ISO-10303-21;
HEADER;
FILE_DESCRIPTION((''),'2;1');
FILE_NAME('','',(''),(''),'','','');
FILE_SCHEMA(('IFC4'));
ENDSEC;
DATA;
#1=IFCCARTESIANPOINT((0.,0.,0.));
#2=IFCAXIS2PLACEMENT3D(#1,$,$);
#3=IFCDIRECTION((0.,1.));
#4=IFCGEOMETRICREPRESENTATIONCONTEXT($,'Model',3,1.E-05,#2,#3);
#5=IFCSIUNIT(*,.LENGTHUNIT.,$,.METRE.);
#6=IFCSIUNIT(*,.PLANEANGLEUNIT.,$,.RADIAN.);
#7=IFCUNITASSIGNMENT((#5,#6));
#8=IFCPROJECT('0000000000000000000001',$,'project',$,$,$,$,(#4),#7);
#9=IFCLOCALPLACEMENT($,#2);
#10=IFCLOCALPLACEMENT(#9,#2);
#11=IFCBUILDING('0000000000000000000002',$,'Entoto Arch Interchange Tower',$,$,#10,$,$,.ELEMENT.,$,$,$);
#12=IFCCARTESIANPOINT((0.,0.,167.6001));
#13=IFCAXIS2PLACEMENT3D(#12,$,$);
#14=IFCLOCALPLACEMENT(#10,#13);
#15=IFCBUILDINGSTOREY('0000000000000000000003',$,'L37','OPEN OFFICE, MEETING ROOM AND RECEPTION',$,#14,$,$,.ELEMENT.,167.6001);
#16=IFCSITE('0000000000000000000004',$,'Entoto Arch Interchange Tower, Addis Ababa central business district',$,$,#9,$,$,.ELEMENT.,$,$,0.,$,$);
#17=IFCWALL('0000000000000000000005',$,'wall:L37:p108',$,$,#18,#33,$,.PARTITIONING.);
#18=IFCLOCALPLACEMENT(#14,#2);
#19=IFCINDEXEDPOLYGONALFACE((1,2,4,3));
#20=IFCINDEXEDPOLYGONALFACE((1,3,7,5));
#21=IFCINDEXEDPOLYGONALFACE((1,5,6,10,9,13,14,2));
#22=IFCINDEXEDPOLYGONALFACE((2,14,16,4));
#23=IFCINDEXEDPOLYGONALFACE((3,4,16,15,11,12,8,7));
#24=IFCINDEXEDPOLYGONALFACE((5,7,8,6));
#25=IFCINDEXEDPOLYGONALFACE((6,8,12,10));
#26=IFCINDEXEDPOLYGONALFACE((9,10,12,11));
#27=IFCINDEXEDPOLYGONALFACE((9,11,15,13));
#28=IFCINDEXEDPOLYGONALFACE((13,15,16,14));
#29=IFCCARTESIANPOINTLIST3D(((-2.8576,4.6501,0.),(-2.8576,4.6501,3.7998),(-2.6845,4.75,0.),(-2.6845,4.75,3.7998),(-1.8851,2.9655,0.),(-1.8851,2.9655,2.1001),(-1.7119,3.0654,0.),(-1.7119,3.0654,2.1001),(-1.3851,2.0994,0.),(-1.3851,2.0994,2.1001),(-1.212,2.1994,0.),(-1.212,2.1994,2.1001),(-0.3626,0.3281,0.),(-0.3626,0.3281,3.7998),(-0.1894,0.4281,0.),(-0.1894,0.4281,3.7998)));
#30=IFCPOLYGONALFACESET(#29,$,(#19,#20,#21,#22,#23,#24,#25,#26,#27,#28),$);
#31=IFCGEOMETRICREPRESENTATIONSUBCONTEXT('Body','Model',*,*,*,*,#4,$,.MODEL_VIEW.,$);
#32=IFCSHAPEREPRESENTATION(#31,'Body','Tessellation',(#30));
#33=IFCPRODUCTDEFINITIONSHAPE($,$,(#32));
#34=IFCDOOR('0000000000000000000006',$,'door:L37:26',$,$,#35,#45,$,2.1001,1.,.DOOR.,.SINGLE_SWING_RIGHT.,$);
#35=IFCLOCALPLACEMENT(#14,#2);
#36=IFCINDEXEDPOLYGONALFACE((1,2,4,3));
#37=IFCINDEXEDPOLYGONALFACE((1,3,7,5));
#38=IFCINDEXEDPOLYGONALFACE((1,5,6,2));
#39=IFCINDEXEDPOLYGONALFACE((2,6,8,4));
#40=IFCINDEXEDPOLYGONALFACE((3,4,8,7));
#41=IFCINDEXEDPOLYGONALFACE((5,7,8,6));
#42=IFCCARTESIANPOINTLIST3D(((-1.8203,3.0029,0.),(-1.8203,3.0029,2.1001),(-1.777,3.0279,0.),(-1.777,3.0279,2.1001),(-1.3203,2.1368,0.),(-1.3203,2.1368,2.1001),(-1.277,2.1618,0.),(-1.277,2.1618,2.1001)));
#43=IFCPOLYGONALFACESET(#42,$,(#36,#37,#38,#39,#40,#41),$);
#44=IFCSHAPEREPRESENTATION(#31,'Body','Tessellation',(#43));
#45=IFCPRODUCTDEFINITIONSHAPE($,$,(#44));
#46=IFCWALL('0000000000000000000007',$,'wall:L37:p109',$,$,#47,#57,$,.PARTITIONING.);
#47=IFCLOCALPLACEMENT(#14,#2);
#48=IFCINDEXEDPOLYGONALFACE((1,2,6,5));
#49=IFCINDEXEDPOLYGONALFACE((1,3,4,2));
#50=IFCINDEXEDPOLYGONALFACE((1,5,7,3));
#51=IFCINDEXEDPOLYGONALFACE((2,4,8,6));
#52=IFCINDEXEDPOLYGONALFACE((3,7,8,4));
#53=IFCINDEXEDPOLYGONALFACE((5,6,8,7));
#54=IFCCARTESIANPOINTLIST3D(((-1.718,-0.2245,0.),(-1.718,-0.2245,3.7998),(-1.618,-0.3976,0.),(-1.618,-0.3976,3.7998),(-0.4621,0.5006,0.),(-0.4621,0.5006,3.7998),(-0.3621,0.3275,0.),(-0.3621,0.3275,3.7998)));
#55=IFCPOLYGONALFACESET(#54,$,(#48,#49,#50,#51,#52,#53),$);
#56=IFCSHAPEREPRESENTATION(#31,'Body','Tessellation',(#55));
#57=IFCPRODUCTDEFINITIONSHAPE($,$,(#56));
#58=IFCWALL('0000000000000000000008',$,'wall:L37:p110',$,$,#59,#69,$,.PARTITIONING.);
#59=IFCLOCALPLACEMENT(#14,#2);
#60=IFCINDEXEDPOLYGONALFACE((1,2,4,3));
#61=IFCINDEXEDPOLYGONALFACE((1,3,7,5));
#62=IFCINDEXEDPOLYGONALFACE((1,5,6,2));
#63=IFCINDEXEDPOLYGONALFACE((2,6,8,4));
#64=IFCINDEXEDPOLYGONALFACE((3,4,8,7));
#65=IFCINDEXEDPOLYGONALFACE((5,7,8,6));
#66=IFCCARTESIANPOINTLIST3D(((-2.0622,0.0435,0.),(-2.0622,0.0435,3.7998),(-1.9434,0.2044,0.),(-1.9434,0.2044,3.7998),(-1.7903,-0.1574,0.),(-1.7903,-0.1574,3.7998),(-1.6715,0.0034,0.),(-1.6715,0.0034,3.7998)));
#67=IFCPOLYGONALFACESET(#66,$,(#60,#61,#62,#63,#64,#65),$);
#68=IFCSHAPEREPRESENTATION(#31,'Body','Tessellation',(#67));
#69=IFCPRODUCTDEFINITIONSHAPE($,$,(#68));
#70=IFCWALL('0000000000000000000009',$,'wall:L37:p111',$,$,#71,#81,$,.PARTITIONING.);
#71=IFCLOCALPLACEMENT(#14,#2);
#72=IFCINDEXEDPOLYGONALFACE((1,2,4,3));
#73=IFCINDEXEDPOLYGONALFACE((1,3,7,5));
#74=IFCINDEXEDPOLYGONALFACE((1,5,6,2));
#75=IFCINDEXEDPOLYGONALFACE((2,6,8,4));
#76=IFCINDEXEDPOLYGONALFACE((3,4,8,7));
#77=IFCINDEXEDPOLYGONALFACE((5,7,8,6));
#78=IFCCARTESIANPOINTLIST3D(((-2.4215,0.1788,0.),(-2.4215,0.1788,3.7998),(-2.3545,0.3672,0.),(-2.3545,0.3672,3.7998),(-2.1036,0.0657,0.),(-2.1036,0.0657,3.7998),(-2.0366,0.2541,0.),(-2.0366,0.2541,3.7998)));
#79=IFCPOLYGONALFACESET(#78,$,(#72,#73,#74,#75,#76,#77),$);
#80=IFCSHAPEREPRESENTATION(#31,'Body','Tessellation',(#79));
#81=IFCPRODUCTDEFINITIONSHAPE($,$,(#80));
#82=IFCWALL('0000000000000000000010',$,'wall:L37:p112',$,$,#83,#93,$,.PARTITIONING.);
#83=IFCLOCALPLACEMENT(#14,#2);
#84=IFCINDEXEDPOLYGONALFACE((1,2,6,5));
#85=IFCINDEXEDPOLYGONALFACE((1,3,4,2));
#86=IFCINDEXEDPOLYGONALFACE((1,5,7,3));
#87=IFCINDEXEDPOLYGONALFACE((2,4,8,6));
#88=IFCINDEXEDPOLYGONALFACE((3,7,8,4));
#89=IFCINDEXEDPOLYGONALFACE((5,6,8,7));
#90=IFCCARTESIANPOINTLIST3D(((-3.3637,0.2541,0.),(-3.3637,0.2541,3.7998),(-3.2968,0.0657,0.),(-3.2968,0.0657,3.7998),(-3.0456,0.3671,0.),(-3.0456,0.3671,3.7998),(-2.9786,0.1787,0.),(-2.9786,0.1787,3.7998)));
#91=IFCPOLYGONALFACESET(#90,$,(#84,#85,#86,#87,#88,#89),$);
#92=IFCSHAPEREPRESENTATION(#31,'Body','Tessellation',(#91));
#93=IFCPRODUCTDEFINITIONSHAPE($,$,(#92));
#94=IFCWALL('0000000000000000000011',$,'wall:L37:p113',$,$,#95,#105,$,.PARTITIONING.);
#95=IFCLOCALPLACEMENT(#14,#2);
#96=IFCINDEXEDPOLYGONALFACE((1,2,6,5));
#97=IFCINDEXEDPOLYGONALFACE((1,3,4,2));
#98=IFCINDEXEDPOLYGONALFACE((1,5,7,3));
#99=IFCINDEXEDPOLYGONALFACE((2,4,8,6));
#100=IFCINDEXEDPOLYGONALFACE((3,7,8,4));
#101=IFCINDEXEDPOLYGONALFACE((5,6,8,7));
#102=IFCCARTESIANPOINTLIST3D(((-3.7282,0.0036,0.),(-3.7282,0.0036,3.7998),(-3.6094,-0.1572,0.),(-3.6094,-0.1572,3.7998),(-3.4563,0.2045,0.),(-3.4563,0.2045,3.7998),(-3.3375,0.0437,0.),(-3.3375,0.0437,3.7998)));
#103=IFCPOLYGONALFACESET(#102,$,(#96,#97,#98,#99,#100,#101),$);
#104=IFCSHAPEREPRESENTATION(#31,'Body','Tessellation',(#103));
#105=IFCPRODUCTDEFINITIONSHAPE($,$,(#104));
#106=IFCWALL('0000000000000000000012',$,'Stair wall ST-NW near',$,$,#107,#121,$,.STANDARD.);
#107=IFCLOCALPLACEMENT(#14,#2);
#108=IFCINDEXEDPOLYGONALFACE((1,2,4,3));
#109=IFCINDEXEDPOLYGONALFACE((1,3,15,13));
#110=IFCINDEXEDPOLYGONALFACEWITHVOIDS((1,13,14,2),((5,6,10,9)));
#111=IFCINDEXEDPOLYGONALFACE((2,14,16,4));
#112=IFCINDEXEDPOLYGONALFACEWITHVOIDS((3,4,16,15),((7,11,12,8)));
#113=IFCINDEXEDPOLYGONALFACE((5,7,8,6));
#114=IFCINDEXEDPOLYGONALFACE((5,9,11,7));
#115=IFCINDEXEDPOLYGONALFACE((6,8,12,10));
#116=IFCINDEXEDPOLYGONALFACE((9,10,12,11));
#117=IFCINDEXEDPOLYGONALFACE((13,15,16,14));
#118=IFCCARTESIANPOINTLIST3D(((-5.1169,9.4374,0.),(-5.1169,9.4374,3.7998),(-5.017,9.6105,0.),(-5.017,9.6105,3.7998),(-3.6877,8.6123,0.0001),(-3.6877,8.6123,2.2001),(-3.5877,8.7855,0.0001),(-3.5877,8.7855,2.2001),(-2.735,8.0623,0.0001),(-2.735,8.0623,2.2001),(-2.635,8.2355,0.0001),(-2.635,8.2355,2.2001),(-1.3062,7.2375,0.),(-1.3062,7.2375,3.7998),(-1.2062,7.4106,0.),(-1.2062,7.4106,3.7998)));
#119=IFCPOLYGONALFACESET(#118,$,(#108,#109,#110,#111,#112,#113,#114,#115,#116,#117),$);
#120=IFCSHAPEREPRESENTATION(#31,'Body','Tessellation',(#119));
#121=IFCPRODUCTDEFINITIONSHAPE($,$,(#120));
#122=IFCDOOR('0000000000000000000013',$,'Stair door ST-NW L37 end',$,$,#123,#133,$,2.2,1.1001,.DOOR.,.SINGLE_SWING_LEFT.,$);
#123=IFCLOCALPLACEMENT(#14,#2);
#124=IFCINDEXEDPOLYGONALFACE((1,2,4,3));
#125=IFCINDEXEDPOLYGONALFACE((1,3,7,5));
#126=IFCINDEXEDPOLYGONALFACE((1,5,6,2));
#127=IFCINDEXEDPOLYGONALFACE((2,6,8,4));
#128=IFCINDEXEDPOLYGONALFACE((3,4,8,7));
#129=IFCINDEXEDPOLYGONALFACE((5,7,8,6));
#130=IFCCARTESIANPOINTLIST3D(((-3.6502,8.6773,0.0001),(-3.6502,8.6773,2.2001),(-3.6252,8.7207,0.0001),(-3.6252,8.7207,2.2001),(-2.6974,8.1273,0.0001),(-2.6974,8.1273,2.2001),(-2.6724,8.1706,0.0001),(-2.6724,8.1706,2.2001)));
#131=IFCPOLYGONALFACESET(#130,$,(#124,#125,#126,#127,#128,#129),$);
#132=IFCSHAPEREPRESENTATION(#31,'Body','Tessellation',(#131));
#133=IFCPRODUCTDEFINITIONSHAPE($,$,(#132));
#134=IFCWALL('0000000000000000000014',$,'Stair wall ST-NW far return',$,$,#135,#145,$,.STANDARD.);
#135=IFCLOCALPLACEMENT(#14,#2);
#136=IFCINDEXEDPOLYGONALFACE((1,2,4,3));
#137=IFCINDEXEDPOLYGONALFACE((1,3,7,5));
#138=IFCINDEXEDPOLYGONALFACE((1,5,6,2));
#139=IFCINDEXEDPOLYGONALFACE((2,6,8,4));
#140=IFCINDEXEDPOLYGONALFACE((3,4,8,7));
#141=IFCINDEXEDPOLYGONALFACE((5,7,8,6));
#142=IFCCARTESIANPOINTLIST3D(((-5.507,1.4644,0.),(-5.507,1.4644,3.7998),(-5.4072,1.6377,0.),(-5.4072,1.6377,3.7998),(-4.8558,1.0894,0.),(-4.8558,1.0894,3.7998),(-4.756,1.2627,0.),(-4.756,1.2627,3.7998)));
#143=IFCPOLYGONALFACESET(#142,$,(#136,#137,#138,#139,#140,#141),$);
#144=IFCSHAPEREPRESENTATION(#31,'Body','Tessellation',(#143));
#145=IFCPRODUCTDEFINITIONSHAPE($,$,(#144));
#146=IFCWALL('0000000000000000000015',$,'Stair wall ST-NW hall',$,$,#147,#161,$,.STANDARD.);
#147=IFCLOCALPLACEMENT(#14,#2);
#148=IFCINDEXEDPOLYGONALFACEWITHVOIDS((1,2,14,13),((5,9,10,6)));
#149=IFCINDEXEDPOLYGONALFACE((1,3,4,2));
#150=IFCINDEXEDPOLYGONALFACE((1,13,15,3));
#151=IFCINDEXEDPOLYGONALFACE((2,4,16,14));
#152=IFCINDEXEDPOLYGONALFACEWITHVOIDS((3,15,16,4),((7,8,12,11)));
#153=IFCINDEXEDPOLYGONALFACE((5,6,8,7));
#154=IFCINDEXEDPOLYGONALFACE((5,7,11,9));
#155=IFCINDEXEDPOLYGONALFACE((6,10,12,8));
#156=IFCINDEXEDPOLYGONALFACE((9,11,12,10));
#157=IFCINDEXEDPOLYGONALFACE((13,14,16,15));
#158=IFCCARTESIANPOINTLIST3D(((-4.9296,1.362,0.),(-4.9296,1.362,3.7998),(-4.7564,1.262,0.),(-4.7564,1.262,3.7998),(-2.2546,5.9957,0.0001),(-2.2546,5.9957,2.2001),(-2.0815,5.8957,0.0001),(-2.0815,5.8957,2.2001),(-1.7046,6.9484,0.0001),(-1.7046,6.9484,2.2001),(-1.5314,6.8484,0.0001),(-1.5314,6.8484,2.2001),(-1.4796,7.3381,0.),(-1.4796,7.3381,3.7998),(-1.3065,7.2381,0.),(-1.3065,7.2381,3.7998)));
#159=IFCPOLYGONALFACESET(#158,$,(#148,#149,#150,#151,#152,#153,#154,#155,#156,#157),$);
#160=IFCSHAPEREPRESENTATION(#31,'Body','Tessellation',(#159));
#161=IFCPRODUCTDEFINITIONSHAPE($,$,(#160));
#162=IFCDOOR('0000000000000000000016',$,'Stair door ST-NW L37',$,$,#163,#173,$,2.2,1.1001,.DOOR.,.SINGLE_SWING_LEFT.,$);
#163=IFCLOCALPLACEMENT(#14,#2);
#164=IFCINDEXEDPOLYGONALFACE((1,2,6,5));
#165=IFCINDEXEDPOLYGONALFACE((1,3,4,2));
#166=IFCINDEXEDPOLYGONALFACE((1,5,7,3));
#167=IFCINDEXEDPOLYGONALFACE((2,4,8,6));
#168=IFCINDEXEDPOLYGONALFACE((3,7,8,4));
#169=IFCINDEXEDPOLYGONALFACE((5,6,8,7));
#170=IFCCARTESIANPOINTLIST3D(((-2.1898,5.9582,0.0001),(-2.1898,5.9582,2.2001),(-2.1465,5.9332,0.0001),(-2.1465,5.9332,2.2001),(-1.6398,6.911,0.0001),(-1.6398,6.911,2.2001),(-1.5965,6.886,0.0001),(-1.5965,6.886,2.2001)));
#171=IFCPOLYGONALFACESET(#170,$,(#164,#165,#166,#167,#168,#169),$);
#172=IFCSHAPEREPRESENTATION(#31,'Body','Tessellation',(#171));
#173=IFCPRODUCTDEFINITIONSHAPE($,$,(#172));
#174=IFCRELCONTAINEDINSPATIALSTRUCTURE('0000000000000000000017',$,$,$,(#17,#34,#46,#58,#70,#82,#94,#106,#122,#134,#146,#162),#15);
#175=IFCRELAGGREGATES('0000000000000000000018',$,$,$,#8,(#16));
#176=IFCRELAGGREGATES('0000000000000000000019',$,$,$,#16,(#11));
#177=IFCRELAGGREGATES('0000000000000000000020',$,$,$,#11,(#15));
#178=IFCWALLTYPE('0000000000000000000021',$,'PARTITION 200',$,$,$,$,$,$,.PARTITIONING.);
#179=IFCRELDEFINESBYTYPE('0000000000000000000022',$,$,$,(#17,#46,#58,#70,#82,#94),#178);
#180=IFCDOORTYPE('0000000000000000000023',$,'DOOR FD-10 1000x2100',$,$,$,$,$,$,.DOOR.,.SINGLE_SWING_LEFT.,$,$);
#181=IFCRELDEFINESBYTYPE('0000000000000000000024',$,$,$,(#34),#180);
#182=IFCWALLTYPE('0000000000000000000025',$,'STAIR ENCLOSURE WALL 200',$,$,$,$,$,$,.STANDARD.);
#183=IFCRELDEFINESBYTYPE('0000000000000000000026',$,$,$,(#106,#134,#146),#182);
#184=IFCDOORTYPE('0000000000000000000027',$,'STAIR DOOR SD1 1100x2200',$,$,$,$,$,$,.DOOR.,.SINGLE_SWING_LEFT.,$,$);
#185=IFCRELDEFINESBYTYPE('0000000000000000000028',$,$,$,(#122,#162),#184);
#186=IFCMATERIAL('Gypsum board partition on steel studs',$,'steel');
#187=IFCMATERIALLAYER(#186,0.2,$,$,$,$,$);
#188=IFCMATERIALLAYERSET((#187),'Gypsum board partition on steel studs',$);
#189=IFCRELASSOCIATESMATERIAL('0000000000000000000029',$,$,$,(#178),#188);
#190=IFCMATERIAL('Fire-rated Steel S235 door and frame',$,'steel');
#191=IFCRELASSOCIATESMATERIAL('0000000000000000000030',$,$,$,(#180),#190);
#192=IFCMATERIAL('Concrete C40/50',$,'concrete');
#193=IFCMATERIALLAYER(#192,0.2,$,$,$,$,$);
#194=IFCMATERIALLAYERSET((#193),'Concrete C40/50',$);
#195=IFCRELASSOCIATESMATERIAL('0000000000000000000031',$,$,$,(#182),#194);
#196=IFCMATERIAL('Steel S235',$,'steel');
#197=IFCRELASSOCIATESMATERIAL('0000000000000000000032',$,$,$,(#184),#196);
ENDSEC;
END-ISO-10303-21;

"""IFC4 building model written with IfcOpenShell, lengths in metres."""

from ifc_helpers import new_model, si_unit, direction, frame, frame_2d, origin, place, context, subcontext, project, spatial, rectangle, extrude, material, layer, layer_set, type_object, element, fill, save


model = new_model("IFC4")

# Units and contexts
model_context = context("Model", 3, precision=1e-05, world=origin(), true_north=direction((0.0, 1.0)))
body_context = subcontext(model_context, "Body", "Model", "MODEL_VIEW")
ifc_project = project(units=[si_unit("LENGTHUNIT", "METRE"), si_unit("PLANEANGLEUNIT", "RADIAN")], contexts=[model_context])

# Site, building, storey
site_placement = place(None, origin())
site = spatial("IfcSite", under=ifc_project, at=site_placement, Name="Entoto Arch Interchange Tower, Addis Ababa central business district", CompositionType="ELEMENT", RefElevation=0.0)
building_placement = place(site_placement, origin())
building = spatial("IfcBuilding", under=site, at=building_placement, Name="Entoto Arch Interchange Tower", CompositionType="ELEMENT")
storey_placement = place(building_placement, frame((0.0, 0.0, 167.6001)))
storey = spatial("IfcBuildingStorey", under=building, at=storey_placement, Name="L37", Description="OPEN OFFICE, MEETING ROOM AND RECEPTION", CompositionType="ELEMENT", Elevation=167.6001)

# Shared definitions
ifc_material_1 = material(Name="Concrete C40/50", Category="concrete")

# Wall, opening, door
ifc_material_2 = material(Name="Gypsum board partition on steel studs", Category="steel")
ifc_layer_1 = layer(ifc_material_2, 0.2)
ifc_layer_set_1 = layer_set([ifc_layer_1], Name="Gypsum board partition on steel studs")
wall_type_1 = type_object("IfcWallType", Name="PARTITION 200", PredefinedType="PARTITIONING", material=ifc_layer_set_1)
wall_1_placement = place(storey_placement, frame((-2.771, 4.7, 0.0), z_axis=(0.0, 0.0, 1.0), x_axis=(0.499969, -0.866043, 0.0)))
wall_1 = element("IfcWall", 1, at=wall_1_placement, inside=storey, type_object=wall_type_1, Name="wall:L37:p108", PredefinedType="PARTITIONING", context=body_context, shape_type="SweptSolid", body=[
    extrude(rectangle(XDim=4.9905, YDim=0.2, at=frame_2d((2.4951, 0.0))), origin(), (0.0, 0.0, 1.0), 3.7998),
])
opening_1_placement = place(wall_1_placement, frame((1.9451, 0.0, 0.0)))
opening_1 = element("IfcOpeningElement", 2, at=opening_1_placement, cuts=wall_1, PredefinedType="OPENING", context=body_context, shape_type="SweptSolid", body=[
    extrude(rectangle(XDim=1.0, YDim=2.1001, at=frame_2d((0.5, 1.05))), frame((0.0, 0.1099, 0.0), z_axis=(0.0, -1.0, 0.0), x_axis=(1.0, 0.0, 0.0)), (0.0, 0.0, 1.0), 0.22),
])
ifc_material_3 = material(Name="Fire-rated Steel S235 door and frame", Category="steel")
door_type_1 = type_object("IfcDoorType", Name="DOOR FD-10 1000x2100", OperationType="SINGLE_SWING_LEFT", PredefinedType="DOOR", material=ifc_material_3)
door_1_placement = place(opening_1_placement, origin())
door_1 = element("IfcDoor", 3, at=door_1_placement, inside=storey, type_object=door_type_1, Name="door:L37:26", OperationType="SINGLE_SWING_RIGHT", OverallHeight=2.1001, OverallWidth=1.0, PredefinedType="DOOR", context=body_context, shape_type="SweptSolid", body=[
    extrude(rectangle(XDim=1.0, YDim=2.1001, at=frame_2d((0.5, 1.05))), frame((0.0, 0.0249, 0.0), z_axis=(0.0, -1.0, 0.0), x_axis=(1.0, 0.0, 0.0)), (0.0, 0.0, 1.0), 0.05),
])
fill(opening_1, door_1)

# Walls
wall_2_placement = place(storey_placement, frame((-0.4121, 0.4141, 0.0), z_axis=(0.0, 0.0, 1.0), x_axis=(-0.866017, -0.500014, 0.0)))
element("IfcWall", 4, at=wall_2_placement, inside=storey, type_object=wall_type_1, Name="wall:L37:p109", PredefinedType="PARTITIONING", context=body_context, shape_type="SweptSolid", body=[
    extrude(rectangle(XDim=1.4502, YDim=0.2, at=frame_2d((0.7251, 0.0))), origin(), (0.0, 0.0, 1.0), 3.7998),
])
wall_3_placement = place(storey_placement, frame((-1.731, -0.0769, 0.0), z_axis=(0.0, 0.0, 1.0), x_axis=(-0.804311, 0.594208, 0.0)))
element("IfcWall", 5, at=wall_3_placement, inside=storey, type_object=wall_type_1, Name="wall:L37:p110", PredefinedType="PARTITIONING", context=body_context, shape_type="SweptSolid", body=[
    extrude(rectangle(XDim=0.3381, YDim=0.2, at=frame_2d((0.1689, 0.0))), origin(), (0.0, 0.0, 1.0), 3.7998),
])
wall_4_placement = place(storey_placement, frame((-2.0701, 0.1599, 0.0), z_axis=(0.0, 0.0, 1.0), x_axis=(-0.942199, 0.335052, 0.0)))
element("IfcWall", 6, at=wall_4_placement, inside=storey, type_object=wall_type_1, Name="wall:L37:p111", PredefinedType="PARTITIONING", context=body_context, shape_type="SweptSolid", body=[
    extrude(rectangle(XDim=0.3374, YDim=0.2, at=frame_2d((0.1687, 0.0))), origin(), (0.0, 0.0, 1.0), 3.7998),
])
wall_5_placement = place(storey_placement, frame((-3.012, 0.2729, 0.0), z_axis=(0.0, 0.0, 1.0), x_axis=(-0.942281, -0.334824, 0.0)))
element("IfcWall", 7, at=wall_5_placement, inside=storey, type_object=wall_type_1, Name="wall:L37:p112", PredefinedType="PARTITIONING", context=body_context, shape_type="SweptSolid", body=[
    extrude(rectangle(XDim=0.3376, YDim=0.2, at=frame_2d((0.1689, 0.0))), origin(), (0.0, 0.0, 1.0), 3.7998),
])
wall_6_placement = place(storey_placement, frame((-3.397, 0.124, 0.0), z_axis=(0.0, 0.0, 1.0), x_axis=(-0.804311, -0.594208, 0.0)))
element("IfcWall", 8, at=wall_6_placement, inside=storey, type_object=wall_type_1, Name="wall:L37:p113", PredefinedType="PARTITIONING", context=body_context, shape_type="SweptSolid", body=[
    extrude(rectangle(XDim=0.3381, YDim=0.2, at=frame_2d((0.1689, 0.0))), origin(), (0.0, 0.0, 1.0), 3.7998),
])

# Wall, opening, door
ifc_layer_2 = layer(ifc_material_1, 0.2)
ifc_layer_set_2 = layer_set([ifc_layer_2], Name="Concrete C40/50")
wall_type_2 = type_object("IfcWallType", Name="STAIR ENCLOSURE WALL 200", PredefinedType="STANDARD", material=ifc_layer_set_2)
wall_7_placement = place(storey_placement, frame((-1.2561, 7.324, 0.0), z_axis=(0.0, 0.0, 1.0), x_axis=(-0.866046, 0.499964, 0.0)))
wall_7 = element("IfcWall", 9, at=wall_7_placement, inside=storey, type_object=wall_type_2, Name="Stair wall ST-NW near", PredefinedType="STANDARD", context=body_context, shape_type="SweptSolid", body=[
    extrude(rectangle(XDim=4.4001, YDim=0.2, at=frame_2d((2.2002, 0.0))), origin(), (0.0, 0.0, 1.0), 3.7998),
])
opening_2_placement = place(wall_7_placement, frame((1.6499, 0.0, 0.0)))
opening_2 = element("IfcOpeningElement", 10, at=opening_2_placement, cuts=wall_7, PredefinedType="OPENING", context=body_context, shape_type="SweptSolid", body=[
    extrude(rectangle(XDim=1.1001, YDim=2.2, at=frame_2d((0.55, 1.1001))), frame((0.0, 0.1099, 0.0), z_axis=(0.0, -1.0, 0.0), x_axis=(1.0, 0.0, 0.0)), (0.0, 0.0, 1.0), 0.22),
])
ifc_material_4 = material(Name="Steel S235", Category="steel")
door_type_2 = type_object("IfcDoorType", Name="STAIR DOOR SD1 1100x2200", OperationType="SINGLE_SWING_LEFT", PredefinedType="DOOR", material=ifc_material_4)
door_2_placement = place(opening_2_placement, origin())
door_2 = element("IfcDoor", 11, at=door_2_placement, inside=storey, type_object=door_type_2, Name="Stair door ST-NW L37 end", OperationType="SINGLE_SWING_LEFT", OverallHeight=2.2, OverallWidth=1.1001, PredefinedType="DOOR", context=body_context, shape_type="SweptSolid", body=[
    extrude(rectangle(XDim=1.1001, YDim=2.2, at=frame_2d((0.55, 1.1001))), frame((0.0, 0.0249, 0.0), z_axis=(0.0, -1.0, 0.0), x_axis=(1.0, 0.0, 0.0)), (0.0, 0.0, 1.0), 0.05),
])
fill(opening_2, door_2)

# Wall
wall_8_placement = place(storey_placement, frame((-4.8059, 1.176, 0.0), z_axis=(0.0, 0.0, 1.0), x_axis=(-0.866559, 0.499075, 0.0)))
element("IfcWall", 12, at=wall_8_placement, inside=storey, type_object=wall_type_2, Name="Stair wall ST-NW far return", PredefinedType="STANDARD", context=body_context, shape_type="SweptSolid", body=[
    extrude(rectangle(XDim=0.7515, YDim=0.2, at=frame_2d((0.3757, 0.0))), origin(), (0.0, 0.0, 1.0), 3.7998),
])

# Wall, opening, door
wall_9_placement = place(storey_placement, frame((-1.3931, 7.2881, 0.0), z_axis=(0.0, 0.0, 1.0), x_axis=(-0.499963, -0.866047, 0.0)))
wall_9 = element("IfcWall", 13, at=wall_9_placement, inside=storey, type_object=wall_type_2, Name="Stair wall ST-NW hall", PredefinedType="STANDARD", context=body_context, shape_type="SweptSolid", body=[
    extrude(rectangle(XDim=6.9004, YDim=0.2, at=frame_2d((3.4502, 0.0))), origin(), (0.0, 0.0, 1.0), 3.7998),
])
opening_3_placement = place(wall_9_placement, frame((0.45, 0.0, 0.0)))
opening_3 = element("IfcOpeningElement", 14, at=opening_3_placement, cuts=wall_9, PredefinedType="OPENING", context=body_context, shape_type="SweptSolid", body=[
    extrude(rectangle(XDim=1.1001, YDim=2.2, at=frame_2d((0.55, 1.1001))), frame((0.0, 0.1099, 0.0), z_axis=(0.0, -1.0, 0.0), x_axis=(1.0, 0.0, 0.0)), (0.0, 0.0, 1.0), 0.22),
])
door_3_placement = place(opening_3_placement, origin())
door_3 = element("IfcDoor", 15, at=door_3_placement, inside=storey, type_object=door_type_2, Name="Stair door ST-NW L37", OperationType="SINGLE_SWING_LEFT", OverallHeight=2.2, OverallWidth=1.1001, PredefinedType="DOOR", context=body_context, shape_type="SweptSolid", body=[
    extrude(rectangle(XDim=1.1001, YDim=2.2, at=frame_2d((0.55, 1.1001))), frame((0.0, 0.0249, 0.0), z_axis=(0.0, -1.0, 0.0), x_axis=(1.0, 0.0, 0.0)), (0.0, 0.0, 1.0), 0.05),
])
fill(opening_3, door_3)

save(model, "model.ifc")
